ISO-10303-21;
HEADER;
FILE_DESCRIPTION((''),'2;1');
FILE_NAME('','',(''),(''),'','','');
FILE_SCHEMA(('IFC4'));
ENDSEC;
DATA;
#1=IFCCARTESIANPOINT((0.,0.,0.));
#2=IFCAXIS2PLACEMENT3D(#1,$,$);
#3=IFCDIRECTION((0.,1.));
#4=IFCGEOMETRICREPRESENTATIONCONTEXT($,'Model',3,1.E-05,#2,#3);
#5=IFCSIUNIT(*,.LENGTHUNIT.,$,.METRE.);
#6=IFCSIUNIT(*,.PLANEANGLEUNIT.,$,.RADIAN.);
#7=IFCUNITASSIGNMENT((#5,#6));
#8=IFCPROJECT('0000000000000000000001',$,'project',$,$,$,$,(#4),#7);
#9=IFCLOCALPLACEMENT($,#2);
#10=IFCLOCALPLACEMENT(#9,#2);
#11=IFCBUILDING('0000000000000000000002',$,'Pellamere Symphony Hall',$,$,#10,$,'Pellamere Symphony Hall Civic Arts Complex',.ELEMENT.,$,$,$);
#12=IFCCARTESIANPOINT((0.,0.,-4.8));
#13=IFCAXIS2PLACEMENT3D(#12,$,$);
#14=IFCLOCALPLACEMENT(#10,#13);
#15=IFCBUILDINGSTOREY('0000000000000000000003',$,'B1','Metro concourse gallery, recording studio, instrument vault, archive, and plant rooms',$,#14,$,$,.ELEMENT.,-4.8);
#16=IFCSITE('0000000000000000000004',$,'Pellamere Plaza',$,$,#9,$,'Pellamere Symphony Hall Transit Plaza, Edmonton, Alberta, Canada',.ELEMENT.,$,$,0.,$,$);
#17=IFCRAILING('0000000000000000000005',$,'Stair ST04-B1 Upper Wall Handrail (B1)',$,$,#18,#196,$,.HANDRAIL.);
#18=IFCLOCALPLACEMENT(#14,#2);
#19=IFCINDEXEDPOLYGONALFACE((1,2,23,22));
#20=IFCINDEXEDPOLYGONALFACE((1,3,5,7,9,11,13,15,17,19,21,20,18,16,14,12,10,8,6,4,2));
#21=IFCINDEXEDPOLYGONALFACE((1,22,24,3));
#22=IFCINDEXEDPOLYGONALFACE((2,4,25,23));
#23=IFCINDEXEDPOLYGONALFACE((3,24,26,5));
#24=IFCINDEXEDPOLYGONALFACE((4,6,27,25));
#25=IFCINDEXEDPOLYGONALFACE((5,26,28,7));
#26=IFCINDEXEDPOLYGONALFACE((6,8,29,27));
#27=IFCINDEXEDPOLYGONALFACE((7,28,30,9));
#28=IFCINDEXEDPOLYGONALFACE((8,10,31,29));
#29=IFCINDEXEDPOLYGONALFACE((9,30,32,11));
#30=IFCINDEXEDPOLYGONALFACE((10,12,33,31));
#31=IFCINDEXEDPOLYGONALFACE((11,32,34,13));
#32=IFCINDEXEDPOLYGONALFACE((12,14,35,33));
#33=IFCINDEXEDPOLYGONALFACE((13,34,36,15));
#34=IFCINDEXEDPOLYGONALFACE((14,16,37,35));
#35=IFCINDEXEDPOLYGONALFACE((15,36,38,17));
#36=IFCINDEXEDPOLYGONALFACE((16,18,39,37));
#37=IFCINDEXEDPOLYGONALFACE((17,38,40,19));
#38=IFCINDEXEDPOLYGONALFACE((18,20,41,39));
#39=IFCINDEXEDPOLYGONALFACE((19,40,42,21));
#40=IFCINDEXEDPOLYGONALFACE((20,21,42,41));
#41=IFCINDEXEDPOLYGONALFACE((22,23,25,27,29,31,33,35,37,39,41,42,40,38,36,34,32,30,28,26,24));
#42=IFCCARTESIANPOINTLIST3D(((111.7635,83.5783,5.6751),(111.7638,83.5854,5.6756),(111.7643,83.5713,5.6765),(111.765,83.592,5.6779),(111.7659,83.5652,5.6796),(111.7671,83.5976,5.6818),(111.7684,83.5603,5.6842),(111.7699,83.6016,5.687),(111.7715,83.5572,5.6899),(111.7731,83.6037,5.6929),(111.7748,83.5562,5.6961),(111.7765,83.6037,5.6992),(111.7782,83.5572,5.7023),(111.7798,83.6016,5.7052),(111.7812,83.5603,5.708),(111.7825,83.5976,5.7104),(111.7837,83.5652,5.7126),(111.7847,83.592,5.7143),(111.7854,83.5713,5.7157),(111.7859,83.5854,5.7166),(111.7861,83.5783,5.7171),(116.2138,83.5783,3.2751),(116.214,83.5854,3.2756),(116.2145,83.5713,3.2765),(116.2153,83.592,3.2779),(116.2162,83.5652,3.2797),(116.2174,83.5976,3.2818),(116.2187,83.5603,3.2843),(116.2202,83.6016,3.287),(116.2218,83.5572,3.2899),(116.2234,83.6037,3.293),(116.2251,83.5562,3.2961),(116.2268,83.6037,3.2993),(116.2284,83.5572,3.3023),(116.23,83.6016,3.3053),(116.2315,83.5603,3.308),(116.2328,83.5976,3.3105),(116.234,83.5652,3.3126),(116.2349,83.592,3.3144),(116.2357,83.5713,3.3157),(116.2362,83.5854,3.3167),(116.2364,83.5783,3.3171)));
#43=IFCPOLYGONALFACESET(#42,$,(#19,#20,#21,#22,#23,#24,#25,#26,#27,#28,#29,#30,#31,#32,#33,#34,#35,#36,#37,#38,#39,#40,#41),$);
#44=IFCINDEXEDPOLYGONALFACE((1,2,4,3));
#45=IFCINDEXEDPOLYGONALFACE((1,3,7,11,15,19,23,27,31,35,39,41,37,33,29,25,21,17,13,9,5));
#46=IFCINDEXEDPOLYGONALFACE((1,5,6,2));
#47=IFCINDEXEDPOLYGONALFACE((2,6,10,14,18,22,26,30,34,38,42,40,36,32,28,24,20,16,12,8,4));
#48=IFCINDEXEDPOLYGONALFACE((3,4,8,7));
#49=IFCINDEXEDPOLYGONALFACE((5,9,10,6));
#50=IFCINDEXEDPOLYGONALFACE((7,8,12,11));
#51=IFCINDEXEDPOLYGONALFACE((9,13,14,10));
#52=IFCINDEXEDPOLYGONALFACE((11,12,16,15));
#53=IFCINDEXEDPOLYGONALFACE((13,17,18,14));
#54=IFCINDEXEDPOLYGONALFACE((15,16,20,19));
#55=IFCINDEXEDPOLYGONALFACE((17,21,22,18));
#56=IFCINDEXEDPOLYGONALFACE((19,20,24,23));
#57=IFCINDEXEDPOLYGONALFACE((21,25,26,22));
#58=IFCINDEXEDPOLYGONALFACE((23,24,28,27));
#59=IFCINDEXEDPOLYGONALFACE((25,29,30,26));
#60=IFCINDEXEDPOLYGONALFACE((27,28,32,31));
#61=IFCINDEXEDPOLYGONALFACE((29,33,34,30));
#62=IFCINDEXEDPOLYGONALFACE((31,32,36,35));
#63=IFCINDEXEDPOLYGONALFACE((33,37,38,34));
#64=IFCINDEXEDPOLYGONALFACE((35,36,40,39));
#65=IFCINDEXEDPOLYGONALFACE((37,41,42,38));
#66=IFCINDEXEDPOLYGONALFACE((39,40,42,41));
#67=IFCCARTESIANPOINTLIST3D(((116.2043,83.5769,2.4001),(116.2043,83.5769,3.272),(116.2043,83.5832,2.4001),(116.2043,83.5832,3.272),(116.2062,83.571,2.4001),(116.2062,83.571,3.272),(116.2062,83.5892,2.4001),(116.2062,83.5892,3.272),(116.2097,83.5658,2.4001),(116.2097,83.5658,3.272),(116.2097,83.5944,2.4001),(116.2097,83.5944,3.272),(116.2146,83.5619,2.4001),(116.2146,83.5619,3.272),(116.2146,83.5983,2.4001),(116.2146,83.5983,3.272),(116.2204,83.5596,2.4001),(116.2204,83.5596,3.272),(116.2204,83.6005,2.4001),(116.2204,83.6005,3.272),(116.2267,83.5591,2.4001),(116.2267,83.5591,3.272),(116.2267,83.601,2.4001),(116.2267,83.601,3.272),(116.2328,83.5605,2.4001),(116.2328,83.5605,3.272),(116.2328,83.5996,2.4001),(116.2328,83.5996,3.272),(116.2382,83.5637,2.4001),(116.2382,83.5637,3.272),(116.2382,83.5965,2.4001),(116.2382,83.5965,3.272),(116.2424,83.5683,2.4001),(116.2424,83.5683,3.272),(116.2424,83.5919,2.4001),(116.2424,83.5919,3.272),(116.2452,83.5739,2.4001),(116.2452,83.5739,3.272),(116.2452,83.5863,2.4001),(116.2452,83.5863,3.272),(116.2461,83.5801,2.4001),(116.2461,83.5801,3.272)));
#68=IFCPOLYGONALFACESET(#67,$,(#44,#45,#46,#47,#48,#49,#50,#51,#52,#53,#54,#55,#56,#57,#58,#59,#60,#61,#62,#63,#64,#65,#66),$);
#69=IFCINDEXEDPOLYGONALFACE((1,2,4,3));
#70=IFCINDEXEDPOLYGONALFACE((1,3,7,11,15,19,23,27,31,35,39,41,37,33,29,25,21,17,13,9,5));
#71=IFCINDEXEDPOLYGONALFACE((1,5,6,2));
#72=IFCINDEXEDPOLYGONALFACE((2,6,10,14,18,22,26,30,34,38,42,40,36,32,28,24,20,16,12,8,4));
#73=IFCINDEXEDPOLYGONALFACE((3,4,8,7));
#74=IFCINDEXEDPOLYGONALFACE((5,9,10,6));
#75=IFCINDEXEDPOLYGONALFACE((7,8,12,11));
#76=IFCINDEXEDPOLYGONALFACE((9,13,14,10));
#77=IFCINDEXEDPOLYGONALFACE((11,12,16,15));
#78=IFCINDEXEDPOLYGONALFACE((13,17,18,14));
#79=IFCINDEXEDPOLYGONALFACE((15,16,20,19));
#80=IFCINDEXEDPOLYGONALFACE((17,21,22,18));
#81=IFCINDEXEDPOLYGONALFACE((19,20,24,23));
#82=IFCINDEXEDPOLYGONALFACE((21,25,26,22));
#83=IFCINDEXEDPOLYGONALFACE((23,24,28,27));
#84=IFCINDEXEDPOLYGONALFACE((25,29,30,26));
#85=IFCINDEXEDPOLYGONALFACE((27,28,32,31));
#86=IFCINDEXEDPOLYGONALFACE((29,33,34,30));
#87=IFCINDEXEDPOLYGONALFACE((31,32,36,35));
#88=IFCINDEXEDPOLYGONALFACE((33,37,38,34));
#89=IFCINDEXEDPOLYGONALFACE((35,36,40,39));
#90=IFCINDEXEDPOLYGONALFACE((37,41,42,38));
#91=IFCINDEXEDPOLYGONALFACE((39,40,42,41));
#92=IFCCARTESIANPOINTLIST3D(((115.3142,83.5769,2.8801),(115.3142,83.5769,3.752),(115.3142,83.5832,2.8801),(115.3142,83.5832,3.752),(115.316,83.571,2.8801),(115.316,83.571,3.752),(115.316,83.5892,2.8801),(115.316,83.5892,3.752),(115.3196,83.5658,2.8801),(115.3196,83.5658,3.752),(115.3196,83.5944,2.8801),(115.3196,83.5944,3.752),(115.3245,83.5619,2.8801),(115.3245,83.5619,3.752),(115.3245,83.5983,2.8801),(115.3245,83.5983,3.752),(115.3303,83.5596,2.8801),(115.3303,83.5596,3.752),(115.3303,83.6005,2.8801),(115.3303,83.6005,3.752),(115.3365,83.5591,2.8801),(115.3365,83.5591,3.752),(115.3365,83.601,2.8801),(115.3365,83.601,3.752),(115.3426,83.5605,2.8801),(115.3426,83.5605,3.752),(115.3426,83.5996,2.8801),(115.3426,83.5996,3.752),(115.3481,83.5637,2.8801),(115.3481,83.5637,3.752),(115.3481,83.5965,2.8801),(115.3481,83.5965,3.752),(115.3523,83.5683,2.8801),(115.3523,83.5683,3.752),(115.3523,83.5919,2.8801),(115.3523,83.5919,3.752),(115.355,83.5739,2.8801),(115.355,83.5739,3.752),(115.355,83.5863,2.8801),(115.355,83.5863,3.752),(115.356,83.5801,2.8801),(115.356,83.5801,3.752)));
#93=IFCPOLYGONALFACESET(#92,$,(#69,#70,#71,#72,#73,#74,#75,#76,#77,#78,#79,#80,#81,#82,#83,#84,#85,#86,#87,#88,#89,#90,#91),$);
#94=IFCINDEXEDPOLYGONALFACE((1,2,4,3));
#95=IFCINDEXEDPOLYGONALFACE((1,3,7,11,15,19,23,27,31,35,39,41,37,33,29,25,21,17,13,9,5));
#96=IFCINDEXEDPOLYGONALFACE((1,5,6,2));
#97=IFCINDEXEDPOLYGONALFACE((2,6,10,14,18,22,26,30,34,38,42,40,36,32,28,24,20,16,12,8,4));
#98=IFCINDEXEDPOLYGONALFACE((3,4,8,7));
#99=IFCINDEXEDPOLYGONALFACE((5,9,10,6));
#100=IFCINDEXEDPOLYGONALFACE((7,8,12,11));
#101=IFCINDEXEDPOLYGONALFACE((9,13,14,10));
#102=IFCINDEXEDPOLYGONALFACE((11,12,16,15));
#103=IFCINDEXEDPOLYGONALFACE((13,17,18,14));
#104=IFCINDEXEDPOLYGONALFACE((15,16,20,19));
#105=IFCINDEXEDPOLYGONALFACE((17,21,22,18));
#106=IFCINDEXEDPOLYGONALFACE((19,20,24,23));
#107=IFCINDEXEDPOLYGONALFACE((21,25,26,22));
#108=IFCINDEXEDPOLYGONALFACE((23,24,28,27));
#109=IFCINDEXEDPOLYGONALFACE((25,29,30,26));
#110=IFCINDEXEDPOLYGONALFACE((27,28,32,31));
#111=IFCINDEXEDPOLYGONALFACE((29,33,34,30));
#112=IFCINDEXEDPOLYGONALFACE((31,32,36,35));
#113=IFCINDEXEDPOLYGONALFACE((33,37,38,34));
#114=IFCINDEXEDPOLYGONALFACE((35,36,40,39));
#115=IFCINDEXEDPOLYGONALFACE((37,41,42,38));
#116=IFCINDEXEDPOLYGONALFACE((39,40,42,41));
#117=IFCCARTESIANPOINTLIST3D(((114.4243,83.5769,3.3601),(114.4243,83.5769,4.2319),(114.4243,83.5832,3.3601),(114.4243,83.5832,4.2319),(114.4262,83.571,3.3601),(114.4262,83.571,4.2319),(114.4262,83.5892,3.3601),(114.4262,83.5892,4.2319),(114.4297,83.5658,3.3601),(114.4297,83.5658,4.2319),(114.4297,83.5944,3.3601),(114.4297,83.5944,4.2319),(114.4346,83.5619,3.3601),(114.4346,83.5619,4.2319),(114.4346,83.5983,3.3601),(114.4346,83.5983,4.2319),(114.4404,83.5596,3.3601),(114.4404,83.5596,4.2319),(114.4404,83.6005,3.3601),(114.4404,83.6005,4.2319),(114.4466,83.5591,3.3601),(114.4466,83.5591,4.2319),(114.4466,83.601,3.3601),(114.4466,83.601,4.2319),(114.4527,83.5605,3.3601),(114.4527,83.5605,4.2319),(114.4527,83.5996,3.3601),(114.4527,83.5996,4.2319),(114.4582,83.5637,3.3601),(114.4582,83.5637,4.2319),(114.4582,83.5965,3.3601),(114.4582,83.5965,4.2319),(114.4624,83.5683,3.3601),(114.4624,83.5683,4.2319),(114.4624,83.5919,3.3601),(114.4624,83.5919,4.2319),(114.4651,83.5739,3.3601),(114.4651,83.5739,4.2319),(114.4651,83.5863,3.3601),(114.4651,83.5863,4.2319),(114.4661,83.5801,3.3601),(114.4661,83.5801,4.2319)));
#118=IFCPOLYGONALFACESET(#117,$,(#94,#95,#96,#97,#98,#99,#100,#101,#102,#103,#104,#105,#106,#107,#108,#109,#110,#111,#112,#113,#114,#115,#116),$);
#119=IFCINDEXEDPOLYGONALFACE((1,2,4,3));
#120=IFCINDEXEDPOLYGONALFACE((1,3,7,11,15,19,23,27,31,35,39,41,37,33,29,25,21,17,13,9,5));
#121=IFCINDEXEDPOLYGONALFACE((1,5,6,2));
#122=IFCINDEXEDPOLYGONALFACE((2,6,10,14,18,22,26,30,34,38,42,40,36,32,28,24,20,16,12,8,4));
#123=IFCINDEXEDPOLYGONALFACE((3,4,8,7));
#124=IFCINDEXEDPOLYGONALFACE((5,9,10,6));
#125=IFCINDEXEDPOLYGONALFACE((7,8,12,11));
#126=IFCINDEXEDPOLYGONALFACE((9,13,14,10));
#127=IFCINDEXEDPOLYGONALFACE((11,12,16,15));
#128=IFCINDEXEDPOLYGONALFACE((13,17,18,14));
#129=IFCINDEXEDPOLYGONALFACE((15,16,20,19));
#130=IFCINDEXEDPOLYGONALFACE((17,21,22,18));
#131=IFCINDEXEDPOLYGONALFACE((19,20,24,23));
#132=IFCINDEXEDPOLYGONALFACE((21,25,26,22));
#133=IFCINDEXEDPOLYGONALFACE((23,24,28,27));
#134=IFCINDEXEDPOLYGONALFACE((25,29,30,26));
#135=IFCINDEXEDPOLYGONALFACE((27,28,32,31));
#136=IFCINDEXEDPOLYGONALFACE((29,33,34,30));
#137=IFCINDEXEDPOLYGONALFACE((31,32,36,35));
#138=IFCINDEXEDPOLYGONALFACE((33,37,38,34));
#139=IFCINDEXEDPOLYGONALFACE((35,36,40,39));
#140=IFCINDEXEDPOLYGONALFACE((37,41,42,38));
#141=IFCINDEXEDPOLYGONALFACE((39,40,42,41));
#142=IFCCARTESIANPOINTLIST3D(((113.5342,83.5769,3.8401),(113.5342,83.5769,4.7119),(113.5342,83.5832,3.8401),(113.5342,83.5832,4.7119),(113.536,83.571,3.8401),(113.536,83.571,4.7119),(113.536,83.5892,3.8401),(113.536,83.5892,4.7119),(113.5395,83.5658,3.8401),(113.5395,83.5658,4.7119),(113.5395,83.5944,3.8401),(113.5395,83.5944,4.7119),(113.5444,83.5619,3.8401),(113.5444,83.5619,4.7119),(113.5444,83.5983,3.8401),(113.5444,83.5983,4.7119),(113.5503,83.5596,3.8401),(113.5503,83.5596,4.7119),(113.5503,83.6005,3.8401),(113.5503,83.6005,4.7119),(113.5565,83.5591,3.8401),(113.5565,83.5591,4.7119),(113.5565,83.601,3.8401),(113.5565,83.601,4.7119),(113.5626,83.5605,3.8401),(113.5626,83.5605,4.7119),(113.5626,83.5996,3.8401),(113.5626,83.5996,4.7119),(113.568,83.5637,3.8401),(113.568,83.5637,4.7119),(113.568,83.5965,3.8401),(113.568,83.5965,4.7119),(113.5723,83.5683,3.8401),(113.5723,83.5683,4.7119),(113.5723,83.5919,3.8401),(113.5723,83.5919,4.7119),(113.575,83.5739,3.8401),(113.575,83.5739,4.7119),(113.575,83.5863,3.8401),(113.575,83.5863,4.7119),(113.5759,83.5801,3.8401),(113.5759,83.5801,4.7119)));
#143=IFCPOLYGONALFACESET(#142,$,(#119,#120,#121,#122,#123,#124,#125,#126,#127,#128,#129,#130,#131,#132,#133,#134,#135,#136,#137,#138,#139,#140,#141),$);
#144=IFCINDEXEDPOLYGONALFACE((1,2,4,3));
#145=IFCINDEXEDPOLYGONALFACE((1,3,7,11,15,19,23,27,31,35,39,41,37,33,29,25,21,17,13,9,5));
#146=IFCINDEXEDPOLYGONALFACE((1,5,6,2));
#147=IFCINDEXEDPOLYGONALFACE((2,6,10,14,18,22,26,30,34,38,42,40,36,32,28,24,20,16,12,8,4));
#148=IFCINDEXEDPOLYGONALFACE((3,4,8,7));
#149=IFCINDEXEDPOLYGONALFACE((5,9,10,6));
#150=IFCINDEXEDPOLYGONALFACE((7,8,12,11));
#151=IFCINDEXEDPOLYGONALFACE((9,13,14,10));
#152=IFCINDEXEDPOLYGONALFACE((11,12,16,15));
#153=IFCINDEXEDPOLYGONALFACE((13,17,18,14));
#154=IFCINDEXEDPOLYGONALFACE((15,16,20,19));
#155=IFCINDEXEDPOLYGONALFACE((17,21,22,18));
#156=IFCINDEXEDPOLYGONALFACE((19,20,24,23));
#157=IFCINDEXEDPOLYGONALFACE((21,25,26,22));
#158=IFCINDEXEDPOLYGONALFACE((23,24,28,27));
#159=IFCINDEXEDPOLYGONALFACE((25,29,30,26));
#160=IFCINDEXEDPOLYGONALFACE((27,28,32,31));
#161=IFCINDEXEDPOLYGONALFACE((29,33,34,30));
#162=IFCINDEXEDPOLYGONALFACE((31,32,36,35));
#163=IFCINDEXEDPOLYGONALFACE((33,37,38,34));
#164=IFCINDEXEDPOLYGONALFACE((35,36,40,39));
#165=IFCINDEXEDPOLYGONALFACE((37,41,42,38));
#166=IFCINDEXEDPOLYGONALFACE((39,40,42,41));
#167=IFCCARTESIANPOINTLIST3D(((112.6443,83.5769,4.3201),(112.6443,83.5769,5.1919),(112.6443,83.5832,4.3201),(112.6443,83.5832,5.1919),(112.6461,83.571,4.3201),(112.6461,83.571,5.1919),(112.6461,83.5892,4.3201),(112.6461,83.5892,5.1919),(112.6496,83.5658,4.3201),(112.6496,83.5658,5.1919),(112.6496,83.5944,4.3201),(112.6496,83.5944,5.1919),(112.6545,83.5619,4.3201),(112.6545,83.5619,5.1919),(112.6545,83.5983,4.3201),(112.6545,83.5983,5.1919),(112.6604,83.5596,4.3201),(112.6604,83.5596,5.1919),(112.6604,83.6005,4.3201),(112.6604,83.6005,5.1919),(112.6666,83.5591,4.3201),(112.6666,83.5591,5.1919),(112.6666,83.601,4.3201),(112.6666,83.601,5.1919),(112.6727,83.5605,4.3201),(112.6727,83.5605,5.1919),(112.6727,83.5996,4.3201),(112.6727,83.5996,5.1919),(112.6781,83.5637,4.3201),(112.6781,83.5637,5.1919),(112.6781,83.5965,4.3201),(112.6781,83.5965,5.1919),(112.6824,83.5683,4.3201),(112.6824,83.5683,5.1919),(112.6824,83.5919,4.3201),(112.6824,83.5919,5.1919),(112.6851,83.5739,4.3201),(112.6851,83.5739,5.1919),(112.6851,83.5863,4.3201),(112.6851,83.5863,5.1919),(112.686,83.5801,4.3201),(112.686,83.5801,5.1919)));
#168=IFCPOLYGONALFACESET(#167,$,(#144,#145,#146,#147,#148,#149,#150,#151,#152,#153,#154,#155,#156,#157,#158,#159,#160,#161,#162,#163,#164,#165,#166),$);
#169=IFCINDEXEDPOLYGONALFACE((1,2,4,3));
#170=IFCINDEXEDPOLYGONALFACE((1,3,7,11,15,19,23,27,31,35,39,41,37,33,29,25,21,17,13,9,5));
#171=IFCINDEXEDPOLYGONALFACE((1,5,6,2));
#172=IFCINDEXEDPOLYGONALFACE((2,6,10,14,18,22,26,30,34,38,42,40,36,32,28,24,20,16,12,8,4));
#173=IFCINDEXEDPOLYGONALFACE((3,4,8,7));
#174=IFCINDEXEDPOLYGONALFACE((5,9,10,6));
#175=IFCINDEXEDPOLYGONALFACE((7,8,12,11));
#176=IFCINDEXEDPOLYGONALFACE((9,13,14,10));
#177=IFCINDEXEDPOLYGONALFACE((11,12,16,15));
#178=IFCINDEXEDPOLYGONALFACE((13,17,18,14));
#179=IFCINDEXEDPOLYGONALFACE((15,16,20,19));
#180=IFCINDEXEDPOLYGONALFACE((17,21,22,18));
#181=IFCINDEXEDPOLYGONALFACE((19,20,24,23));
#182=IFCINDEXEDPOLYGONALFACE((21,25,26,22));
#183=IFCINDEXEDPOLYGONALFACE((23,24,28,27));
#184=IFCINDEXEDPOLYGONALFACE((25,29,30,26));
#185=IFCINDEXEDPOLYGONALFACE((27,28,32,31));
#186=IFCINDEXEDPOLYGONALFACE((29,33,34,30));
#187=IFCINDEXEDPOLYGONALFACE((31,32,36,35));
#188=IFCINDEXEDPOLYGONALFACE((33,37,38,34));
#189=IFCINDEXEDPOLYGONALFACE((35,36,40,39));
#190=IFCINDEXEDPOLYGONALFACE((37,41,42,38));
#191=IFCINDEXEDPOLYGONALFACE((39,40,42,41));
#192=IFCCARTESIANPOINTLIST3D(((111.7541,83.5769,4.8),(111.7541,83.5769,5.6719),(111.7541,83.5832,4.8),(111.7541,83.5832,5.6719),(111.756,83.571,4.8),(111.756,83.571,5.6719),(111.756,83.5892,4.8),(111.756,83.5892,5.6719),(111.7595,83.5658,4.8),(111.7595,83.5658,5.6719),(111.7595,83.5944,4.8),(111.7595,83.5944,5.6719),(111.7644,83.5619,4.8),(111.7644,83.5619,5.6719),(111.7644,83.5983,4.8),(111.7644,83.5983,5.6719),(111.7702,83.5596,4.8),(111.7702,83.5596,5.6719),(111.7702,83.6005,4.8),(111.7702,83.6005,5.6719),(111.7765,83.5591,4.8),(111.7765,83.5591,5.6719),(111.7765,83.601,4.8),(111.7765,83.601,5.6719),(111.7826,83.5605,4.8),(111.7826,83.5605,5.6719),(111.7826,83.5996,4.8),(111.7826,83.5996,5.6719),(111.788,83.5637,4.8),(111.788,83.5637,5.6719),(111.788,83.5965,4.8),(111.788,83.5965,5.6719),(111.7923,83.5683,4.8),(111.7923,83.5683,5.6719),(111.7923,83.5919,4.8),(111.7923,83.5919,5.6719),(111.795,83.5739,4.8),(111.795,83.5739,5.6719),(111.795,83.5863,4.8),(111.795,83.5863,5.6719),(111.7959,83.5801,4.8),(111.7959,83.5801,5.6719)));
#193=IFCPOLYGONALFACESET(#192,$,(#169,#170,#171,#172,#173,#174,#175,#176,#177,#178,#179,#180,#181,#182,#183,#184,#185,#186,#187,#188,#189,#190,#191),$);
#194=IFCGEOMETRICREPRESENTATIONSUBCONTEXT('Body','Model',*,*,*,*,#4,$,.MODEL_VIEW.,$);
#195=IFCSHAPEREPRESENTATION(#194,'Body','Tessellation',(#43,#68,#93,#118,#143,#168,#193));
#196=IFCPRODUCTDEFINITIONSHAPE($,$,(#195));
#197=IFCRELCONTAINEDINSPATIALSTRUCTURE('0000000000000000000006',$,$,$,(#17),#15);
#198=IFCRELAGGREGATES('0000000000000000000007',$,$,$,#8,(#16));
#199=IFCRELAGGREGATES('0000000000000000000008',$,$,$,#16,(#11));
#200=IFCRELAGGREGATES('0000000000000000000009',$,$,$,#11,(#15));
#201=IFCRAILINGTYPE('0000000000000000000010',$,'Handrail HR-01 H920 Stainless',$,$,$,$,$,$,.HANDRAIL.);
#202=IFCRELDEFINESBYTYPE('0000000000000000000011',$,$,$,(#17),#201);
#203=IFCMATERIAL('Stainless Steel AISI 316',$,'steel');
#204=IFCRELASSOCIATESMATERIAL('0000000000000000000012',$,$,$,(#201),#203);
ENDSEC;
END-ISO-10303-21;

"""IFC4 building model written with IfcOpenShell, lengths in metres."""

from ifc_helpers import new_model, si_unit, direction, frame, origin, origin_2d, place, context, subcontext, project, spatial, circle, extrude, material, type_object, element, save


model = new_model("IFC4")

# Units and contexts
model_context = context("Model", 3, precision=1e-05, world=origin(), true_north=direction((0.0, 1.0)))
body_context = subcontext(model_context, "Body", "Model", "MODEL_VIEW")
ifc_project = project(units=[si_unit("LENGTHUNIT", "METRE"), si_unit("PLANEANGLEUNIT", "RADIAN")], contexts=[model_context])

# Site, building, storey
site_placement = place(None, origin())
site = spatial("IfcSite", under=ifc_project, at=site_placement, Name="Pellamere Plaza", LongName="Pellamere Symphony Hall Transit Plaza, Edmonton, Alberta, Canada", CompositionType="ELEMENT", RefElevation=0.0)
building_placement = place(site_placement, origin())
building = spatial("IfcBuilding", under=site, at=building_placement, Name="Pellamere Symphony Hall", LongName="Pellamere Symphony Hall Civic Arts Complex", CompositionType="ELEMENT")
storey_placement = place(building_placement, frame((0.0, 0.0, -4.8)))
storey = spatial("IfcBuildingStorey", under=building, at=storey_placement, Name="B1", Description="Metro concourse gallery, recording studio, instrument vault, archive, and plant rooms", CompositionType="ELEMENT", Elevation=-4.8)

# Railing
ifc_material_1 = material(Name="Stainless Steel AISI 316", Category="steel")
railing_type_1 = type_object("IfcRailingType", Name="Handrail HR-01 H920 Stainless", PredefinedType="HANDRAIL", material=ifc_material_1)
railing_1_placement = place(storey_placement, frame((116.2251, 83.5801, 2.4001)))
element("IfcRailing", 1, at=railing_1_placement, inside=storey, type_object=railing_type_1, Name="Stair ST04-B1 Upper Wall Handrail (B1)", PredefinedType="HANDRAIL", context=body_context, shape_type="SweptSolid", body=[
    extrude(circle(Radius=0.0239, at=origin_2d()), frame((0.0, 0.0, 0.896), z_axis=(-0.88017, 0.0, 0.474658), x_axis=(0.0, -1.0, 0.0)), (0.0, 0.0, 1.0), 5.0562),
    extrude(circle(Radius=0.021, at=origin_2d()), origin(), (0.0, 0.0, 1.0), 0.8718),
    extrude(circle(Radius=0.021, at=origin_2d()), frame((-0.8901, 0.0, 0.48)), (0.0, 0.0, 1.0), 0.8718),
    extrude(circle(Radius=0.021, at=origin_2d()), frame((-1.78, 0.0, 0.96)), (0.0, 0.0, 1.0), 0.8718),
    extrude(circle(Radius=0.021, at=origin_2d()), frame((-2.6702, 0.0, 1.4399)), (0.0, 0.0, 1.0), 0.8718),
    extrude(circle(Radius=0.021, at=origin_2d()), frame((-3.5601, 0.0, 1.9199)), (0.0, 0.0, 1.0), 0.8718),
    extrude(circle(Radius=0.021, at=origin_2d()), frame((-4.4502, 0.0, 2.3999)), (0.0, 0.0, 1.0), 0.8718),
])

save(model, "model.ifc")
